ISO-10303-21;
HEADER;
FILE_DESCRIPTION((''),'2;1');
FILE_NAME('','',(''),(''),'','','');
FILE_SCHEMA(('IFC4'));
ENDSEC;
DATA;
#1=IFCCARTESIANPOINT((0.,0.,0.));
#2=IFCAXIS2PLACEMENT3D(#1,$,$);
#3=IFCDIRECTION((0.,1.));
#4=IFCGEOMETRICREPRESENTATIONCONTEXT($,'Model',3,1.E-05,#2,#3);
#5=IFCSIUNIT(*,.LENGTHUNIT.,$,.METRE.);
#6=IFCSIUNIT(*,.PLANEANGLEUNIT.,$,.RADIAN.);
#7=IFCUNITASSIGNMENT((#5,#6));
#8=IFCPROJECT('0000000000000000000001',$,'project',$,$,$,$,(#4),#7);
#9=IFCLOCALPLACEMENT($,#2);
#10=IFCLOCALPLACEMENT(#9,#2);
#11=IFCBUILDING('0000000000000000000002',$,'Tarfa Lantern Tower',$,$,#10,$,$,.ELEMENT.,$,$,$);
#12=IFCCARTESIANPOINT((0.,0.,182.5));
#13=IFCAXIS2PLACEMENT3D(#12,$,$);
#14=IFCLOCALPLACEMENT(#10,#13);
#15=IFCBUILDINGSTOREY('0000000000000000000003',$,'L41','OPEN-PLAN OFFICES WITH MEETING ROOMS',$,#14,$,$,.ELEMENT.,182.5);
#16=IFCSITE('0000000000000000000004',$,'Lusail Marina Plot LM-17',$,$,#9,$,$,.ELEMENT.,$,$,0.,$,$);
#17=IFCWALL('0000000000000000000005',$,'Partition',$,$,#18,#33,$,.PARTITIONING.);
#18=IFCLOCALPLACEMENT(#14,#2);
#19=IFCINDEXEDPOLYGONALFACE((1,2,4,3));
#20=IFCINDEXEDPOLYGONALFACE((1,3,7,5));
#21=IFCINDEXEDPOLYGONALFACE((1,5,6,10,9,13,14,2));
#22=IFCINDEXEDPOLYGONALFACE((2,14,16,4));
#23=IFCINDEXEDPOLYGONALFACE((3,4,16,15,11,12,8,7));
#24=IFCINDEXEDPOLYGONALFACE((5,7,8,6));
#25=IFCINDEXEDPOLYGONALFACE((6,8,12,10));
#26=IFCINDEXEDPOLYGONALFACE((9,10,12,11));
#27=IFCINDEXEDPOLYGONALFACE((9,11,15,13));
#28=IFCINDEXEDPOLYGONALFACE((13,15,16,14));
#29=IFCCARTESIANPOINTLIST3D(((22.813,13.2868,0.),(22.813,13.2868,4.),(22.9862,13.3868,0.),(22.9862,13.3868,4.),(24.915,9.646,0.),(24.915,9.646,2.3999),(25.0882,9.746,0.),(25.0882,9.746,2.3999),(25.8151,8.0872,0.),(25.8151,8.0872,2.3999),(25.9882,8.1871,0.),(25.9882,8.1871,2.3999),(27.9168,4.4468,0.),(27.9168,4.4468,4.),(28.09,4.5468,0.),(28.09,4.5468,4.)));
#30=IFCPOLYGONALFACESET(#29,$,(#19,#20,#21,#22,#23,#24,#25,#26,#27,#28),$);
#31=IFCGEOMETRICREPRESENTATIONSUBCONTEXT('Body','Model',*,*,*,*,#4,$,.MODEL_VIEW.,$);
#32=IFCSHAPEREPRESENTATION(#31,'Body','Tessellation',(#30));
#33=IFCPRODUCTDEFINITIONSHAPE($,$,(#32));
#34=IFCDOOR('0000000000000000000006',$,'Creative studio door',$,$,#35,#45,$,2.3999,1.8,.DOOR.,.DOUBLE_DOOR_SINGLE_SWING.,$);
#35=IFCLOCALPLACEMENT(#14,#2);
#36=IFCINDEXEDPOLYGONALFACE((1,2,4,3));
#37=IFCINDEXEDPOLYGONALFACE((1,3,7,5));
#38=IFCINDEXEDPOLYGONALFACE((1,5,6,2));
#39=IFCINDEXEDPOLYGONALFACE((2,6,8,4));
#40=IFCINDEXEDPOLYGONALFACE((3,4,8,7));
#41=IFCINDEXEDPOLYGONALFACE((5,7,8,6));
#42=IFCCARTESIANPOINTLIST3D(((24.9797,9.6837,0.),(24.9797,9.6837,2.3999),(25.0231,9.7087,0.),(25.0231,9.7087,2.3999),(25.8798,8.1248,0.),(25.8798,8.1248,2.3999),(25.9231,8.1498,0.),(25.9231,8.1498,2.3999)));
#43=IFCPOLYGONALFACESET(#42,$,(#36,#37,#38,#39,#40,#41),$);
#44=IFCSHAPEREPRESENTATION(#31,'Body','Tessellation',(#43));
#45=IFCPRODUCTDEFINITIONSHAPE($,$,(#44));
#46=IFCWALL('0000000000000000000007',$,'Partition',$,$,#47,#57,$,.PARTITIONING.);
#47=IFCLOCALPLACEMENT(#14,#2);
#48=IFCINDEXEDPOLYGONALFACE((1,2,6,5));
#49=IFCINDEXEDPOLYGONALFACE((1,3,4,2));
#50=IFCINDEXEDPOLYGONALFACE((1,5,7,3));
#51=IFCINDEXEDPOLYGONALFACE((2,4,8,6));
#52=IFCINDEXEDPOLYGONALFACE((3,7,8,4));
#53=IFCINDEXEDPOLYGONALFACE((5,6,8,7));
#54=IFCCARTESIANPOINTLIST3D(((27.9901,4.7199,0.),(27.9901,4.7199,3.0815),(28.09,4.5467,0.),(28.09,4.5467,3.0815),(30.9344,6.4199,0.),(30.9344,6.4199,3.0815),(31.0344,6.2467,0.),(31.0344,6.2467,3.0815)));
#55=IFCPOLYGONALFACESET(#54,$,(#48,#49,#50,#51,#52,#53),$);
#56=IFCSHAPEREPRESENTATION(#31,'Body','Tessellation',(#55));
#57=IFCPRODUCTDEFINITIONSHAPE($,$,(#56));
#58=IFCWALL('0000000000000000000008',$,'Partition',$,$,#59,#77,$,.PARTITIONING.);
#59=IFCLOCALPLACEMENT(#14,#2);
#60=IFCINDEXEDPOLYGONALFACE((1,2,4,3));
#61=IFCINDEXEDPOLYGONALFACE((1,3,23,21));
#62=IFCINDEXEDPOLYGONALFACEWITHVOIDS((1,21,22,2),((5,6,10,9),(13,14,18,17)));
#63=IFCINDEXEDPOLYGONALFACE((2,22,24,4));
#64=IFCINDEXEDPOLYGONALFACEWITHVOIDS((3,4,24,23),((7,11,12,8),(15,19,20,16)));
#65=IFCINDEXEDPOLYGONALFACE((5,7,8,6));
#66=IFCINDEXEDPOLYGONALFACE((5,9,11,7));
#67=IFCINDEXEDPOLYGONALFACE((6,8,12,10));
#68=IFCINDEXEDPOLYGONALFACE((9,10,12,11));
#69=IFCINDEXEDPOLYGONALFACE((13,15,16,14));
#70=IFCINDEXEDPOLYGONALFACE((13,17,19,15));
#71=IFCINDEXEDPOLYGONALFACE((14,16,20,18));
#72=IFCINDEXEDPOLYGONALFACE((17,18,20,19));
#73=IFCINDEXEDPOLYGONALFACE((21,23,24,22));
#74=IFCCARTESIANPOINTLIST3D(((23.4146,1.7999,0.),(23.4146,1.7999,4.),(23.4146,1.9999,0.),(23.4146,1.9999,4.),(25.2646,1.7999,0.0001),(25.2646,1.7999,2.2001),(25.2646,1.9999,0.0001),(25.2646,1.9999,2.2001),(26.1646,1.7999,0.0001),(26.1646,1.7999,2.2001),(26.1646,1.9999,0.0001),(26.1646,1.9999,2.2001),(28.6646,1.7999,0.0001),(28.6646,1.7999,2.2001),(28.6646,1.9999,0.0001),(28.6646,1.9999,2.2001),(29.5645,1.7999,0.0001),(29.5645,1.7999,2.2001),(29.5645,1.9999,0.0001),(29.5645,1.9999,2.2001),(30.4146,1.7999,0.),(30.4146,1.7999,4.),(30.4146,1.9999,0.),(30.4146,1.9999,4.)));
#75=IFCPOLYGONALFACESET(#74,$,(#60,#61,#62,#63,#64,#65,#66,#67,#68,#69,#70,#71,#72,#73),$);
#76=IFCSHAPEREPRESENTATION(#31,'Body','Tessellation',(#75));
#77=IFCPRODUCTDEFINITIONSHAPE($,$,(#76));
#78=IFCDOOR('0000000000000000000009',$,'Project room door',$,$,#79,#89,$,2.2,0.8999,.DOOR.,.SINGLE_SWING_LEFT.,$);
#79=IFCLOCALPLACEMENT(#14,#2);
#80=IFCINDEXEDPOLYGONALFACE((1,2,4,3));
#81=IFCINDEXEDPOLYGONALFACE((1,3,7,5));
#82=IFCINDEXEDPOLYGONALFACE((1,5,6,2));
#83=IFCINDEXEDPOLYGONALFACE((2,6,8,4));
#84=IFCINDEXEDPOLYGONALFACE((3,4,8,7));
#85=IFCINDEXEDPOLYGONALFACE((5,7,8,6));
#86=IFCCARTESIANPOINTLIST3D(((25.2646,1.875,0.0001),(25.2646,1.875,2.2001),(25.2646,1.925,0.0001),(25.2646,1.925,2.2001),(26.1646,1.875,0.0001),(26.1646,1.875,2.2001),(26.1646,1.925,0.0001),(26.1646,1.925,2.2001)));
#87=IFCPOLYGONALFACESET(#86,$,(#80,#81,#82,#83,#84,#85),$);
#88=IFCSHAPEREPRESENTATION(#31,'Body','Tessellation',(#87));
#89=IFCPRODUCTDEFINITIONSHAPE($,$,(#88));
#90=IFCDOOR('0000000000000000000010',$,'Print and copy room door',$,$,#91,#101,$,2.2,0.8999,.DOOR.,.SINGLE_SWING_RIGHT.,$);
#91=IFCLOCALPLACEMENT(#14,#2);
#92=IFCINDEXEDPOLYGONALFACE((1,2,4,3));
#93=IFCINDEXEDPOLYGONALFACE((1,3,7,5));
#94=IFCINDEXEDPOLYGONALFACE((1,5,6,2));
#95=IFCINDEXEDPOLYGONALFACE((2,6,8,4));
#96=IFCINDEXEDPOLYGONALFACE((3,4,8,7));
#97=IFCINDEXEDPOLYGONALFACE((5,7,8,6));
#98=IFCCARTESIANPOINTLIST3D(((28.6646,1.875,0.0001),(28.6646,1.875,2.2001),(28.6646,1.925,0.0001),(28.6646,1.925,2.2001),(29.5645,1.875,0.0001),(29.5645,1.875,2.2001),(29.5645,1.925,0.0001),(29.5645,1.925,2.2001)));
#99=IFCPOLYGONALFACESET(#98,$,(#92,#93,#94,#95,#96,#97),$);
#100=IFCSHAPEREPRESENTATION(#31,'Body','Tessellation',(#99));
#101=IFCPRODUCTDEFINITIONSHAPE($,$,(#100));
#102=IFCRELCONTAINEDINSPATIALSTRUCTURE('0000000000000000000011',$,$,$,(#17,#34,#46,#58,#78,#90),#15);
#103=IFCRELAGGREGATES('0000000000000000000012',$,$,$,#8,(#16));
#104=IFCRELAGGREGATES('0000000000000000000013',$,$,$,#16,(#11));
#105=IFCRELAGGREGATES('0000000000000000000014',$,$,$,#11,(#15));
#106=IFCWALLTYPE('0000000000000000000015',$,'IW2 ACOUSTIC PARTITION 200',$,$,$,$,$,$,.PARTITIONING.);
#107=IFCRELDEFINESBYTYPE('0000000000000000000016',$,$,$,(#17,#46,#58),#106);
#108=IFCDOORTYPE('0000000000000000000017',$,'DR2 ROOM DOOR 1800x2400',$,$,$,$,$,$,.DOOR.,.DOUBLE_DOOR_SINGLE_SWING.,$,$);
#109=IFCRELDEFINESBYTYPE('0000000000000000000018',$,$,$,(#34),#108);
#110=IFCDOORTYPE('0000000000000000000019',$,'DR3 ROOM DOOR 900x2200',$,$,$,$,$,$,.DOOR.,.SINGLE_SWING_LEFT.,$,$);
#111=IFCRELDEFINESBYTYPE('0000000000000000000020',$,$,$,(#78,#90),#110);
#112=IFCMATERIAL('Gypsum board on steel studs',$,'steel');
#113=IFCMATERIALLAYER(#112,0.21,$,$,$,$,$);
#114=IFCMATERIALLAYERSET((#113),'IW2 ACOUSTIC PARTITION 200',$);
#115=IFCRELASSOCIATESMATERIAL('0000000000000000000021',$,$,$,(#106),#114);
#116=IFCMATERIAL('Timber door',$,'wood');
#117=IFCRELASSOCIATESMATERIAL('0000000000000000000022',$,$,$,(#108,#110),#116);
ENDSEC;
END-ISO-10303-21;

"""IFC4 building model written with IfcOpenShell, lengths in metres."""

from ifc_helpers import new_model, si_unit, direction, frame, frame_2d, origin, place, context, subcontext, project, spatial, rectangle, extrude, material, layer, layer_set, type_object, element, fill, save


model = new_model("IFC4")

# Units and contexts
model_context = context("Model", 3, precision=1e-05, world=origin(), true_north=direction((0.0, 1.0)))
body_context = subcontext(model_context, "Body", "Model", "MODEL_VIEW")
ifc_project = project(units=[si_unit("LENGTHUNIT", "METRE"), si_unit("PLANEANGLEUNIT", "RADIAN")], contexts=[model_context])

# Site, building, storey
site_placement = place(None, origin())
site = spatial("IfcSite", under=ifc_project, at=site_placement, Name="Lusail Marina Plot LM-17", CompositionType="ELEMENT", RefElevation=0.0)
building_placement = place(site_placement, origin())
building = spatial("IfcBuilding", under=site, at=building_placement, Name="Tarfa Lantern Tower", CompositionType="ELEMENT")
storey_placement = place(building_placement, frame((0.0, 0.0, 182.5)))
storey = spatial("IfcBuildingStorey", under=building, at=storey_placement, Name="L41", Description="OPEN-PLAN OFFICES WITH MEETING ROOMS", CompositionType="ELEMENT", Elevation=182.5)

# Wall, opening, door
ifc_material_1 = material(Name="Gypsum board on steel studs", Category="steel")
ifc_layer_1 = layer(ifc_material_1, 0.21)
ifc_layer_set_1 = layer_set([ifc_layer_1], Name="IW2 ACOUSTIC PARTITION 200")
wall_type = type_object("IfcWallType", Name="IW2 ACOUSTIC PARTITION 200", PredefinedType="PARTITIONING", material=ifc_layer_set_1)
wall_1_placement = place(storey_placement, frame((28.0034, 4.4968, 0.0), z_axis=(0.0, 0.0, 1.0), x_axis=(-0.500005, 0.866022, 0.0)))
wall_1 = element("IfcWall", 1, at=wall_1_placement, inside=storey, type_object=wall_type, Name="Partition", PredefinedType="PARTITIONING", context=body_context, shape_type="SweptSolid", body=[
    extrude(rectangle(XDim=10.2075, YDim=0.2, at=frame_2d((5.1038, 0.0))), origin(), (0.0, 0.0, 1.0), 4.0),
])
opening_1_placement = place(wall_1_placement, frame((4.2036, 0.0, 0.0)))
opening_1 = element("IfcOpeningElement", 2, at=opening_1_placement, cuts=wall_1, PredefinedType="OPENING", context=body_context, shape_type="SweptSolid", body=[
    extrude(rectangle(XDim=1.8, YDim=2.3999, at=frame_2d((0.8999, 1.2))), frame((0.0, 0.1099, 0.0), z_axis=(0.0, -1.0, 0.0), x_axis=(1.0, 0.0, 0.0)), (0.0, 0.0, 1.0), 0.22),
])
ifc_material_2 = material(Name="Timber door", Category="wood")
door_type_1 = type_object("IfcDoorType", Name="DR2 ROOM DOOR 1800x2400", OperationType="DOUBLE_DOOR_SINGLE_SWING", PredefinedType="DOOR", material=ifc_material_2)
door_1_placement = place(opening_1_placement, frame((1.8, 0.0, 0.0), z_axis=(0.0, 0.0, 1.0), x_axis=(-1.0, 0.0, 0.0)))
door_1 = element("IfcDoor", 3, at=door_1_placement, inside=storey, type_object=door_type_1, Name="Creative studio door", OperationType="DOUBLE_DOOR_SINGLE_SWING", OverallHeight=2.3999, OverallWidth=1.8, PredefinedType="DOOR", context=body_context, shape_type="SweptSolid", body=[
    extrude(rectangle(XDim=1.8, YDim=2.3999, at=frame_2d((0.8999, 1.2))), frame((0.0, 0.0249, 0.0), z_axis=(0.0, -1.0, 0.0), x_axis=(1.0, 0.0, 0.0)), (0.0, 0.0, 1.0), 0.05),
])
fill(opening_1, door_1)

# Wall
wall_2_placement = place(storey_placement, frame((28.04, 4.6333, 0.0), z_axis=(0.0, 0.0, 1.0), x_axis=(0.866021, 0.500008, 0.0)))
element("IfcWall", 4, at=wall_2_placement, inside=storey, type_object=wall_type, Name="Partition", PredefinedType="PARTITIONING", context=body_context, shape_type="SweptSolid", body=[
    extrude(rectangle(XDim=3.3999, YDim=0.2, at=frame_2d((1.7, 0.0))), origin(), (0.0, 0.0, 1.0), 3.0815),
])

# Wall, openings, doors
wall_3_placement = place(storey_placement, frame((23.4146, 1.8999, 0.0), z_axis=(0.0, 0.0, 1.0), x_axis=(1.0, 0.0, 0.0)))
wall_3 = element("IfcWall", 5, at=wall_3_placement, inside=storey, type_object=wall_type, Name="Partition", PredefinedType="PARTITIONING", context=body_context, shape_type="SweptSolid", body=[
    extrude(rectangle(XDim=7.0, YDim=0.2, at=frame_2d((3.5, 0.0))), origin(), (0.0, 0.0, 1.0), 4.0),
])
opening_2_placement = place(wall_3_placement, frame((1.8501, 0.0, 0.0)))
opening_2 = element("IfcOpeningElement", 6, at=opening_2_placement, cuts=wall_3, PredefinedType="OPENING", context=body_context, shape_type="SweptSolid", body=[
    extrude(rectangle(XDim=0.8999, YDim=2.2, at=frame_2d((0.45, 1.1001))), frame((0.0, 0.1099, 0.0), z_axis=(0.0, -1.0, 0.0), x_axis=(1.0, 0.0, 0.0)), (0.0, 0.0, 1.0), 0.22),
])
opening_3_placement = place(wall_3_placement, frame((5.25, 0.0, 0.0)))
opening_3 = element("IfcOpeningElement", 7, at=opening_3_placement, cuts=wall_3, PredefinedType="OPENING", context=body_context, shape_type="SweptSolid", body=[
    extrude(rectangle(XDim=0.8999, YDim=2.2, at=frame_2d((0.45, 1.1001))), frame((0.0, 0.1099, 0.0), z_axis=(0.0, -1.0, 0.0), x_axis=(1.0, 0.0, 0.0)), (0.0, 0.0, 1.0), 0.22),
])
door_type_2 = type_object("IfcDoorType", Name="DR3 ROOM DOOR 900x2200", OperationType="SINGLE_SWING_LEFT", PredefinedType="DOOR", material=ifc_material_2)
door_2_placement = place(opening_2_placement, frame((0.8999, 0.0, 0.0), z_axis=(0.0, 0.0, 1.0), x_axis=(-1.0, 0.0, 0.0)))
door_2 = element("IfcDoor", 8, at=door_2_placement, inside=storey, type_object=door_type_2, Name="Project room door", OperationType="SINGLE_SWING_LEFT", OverallHeight=2.2, OverallWidth=0.8999, PredefinedType="DOOR", context=body_context, shape_type="SweptSolid", body=[
    extrude(rectangle(XDim=0.8999, YDim=2.2, at=frame_2d((0.45, 1.1001))), frame((0.0, 0.0249, 0.0), z_axis=(0.0, -1.0, 0.0), x_axis=(1.0, 0.0, 0.0)), (0.0, 0.0, 1.0), 0.05),
])
fill(opening_2, door_2)
door_3_placement = place(opening_3_placement, frame((0.8999, 0.0, 0.0), z_axis=(0.0, 0.0, 1.0), x_axis=(-1.0, 0.0, 0.0)))
door_3 = element("IfcDoor", 9, at=door_3_placement, inside=storey, type_object=door_type_2, Name="Print and copy room door", OperationType="SINGLE_SWING_RIGHT", OverallHeight=2.2, OverallWidth=0.8999, PredefinedType="DOOR", context=body_context, shape_type="SweptSolid", body=[
    extrude(rectangle(XDim=0.8999, YDim=2.2, at=frame_2d((0.45, 1.1001))), frame((0.0, 0.0249, 0.0), z_axis=(0.0, -1.0, 0.0), x_axis=(1.0, 0.0, 0.0)), (0.0, 0.0, 1.0), 0.05),
])
fill(opening_3, door_3)

save(model, "model.ifc")
